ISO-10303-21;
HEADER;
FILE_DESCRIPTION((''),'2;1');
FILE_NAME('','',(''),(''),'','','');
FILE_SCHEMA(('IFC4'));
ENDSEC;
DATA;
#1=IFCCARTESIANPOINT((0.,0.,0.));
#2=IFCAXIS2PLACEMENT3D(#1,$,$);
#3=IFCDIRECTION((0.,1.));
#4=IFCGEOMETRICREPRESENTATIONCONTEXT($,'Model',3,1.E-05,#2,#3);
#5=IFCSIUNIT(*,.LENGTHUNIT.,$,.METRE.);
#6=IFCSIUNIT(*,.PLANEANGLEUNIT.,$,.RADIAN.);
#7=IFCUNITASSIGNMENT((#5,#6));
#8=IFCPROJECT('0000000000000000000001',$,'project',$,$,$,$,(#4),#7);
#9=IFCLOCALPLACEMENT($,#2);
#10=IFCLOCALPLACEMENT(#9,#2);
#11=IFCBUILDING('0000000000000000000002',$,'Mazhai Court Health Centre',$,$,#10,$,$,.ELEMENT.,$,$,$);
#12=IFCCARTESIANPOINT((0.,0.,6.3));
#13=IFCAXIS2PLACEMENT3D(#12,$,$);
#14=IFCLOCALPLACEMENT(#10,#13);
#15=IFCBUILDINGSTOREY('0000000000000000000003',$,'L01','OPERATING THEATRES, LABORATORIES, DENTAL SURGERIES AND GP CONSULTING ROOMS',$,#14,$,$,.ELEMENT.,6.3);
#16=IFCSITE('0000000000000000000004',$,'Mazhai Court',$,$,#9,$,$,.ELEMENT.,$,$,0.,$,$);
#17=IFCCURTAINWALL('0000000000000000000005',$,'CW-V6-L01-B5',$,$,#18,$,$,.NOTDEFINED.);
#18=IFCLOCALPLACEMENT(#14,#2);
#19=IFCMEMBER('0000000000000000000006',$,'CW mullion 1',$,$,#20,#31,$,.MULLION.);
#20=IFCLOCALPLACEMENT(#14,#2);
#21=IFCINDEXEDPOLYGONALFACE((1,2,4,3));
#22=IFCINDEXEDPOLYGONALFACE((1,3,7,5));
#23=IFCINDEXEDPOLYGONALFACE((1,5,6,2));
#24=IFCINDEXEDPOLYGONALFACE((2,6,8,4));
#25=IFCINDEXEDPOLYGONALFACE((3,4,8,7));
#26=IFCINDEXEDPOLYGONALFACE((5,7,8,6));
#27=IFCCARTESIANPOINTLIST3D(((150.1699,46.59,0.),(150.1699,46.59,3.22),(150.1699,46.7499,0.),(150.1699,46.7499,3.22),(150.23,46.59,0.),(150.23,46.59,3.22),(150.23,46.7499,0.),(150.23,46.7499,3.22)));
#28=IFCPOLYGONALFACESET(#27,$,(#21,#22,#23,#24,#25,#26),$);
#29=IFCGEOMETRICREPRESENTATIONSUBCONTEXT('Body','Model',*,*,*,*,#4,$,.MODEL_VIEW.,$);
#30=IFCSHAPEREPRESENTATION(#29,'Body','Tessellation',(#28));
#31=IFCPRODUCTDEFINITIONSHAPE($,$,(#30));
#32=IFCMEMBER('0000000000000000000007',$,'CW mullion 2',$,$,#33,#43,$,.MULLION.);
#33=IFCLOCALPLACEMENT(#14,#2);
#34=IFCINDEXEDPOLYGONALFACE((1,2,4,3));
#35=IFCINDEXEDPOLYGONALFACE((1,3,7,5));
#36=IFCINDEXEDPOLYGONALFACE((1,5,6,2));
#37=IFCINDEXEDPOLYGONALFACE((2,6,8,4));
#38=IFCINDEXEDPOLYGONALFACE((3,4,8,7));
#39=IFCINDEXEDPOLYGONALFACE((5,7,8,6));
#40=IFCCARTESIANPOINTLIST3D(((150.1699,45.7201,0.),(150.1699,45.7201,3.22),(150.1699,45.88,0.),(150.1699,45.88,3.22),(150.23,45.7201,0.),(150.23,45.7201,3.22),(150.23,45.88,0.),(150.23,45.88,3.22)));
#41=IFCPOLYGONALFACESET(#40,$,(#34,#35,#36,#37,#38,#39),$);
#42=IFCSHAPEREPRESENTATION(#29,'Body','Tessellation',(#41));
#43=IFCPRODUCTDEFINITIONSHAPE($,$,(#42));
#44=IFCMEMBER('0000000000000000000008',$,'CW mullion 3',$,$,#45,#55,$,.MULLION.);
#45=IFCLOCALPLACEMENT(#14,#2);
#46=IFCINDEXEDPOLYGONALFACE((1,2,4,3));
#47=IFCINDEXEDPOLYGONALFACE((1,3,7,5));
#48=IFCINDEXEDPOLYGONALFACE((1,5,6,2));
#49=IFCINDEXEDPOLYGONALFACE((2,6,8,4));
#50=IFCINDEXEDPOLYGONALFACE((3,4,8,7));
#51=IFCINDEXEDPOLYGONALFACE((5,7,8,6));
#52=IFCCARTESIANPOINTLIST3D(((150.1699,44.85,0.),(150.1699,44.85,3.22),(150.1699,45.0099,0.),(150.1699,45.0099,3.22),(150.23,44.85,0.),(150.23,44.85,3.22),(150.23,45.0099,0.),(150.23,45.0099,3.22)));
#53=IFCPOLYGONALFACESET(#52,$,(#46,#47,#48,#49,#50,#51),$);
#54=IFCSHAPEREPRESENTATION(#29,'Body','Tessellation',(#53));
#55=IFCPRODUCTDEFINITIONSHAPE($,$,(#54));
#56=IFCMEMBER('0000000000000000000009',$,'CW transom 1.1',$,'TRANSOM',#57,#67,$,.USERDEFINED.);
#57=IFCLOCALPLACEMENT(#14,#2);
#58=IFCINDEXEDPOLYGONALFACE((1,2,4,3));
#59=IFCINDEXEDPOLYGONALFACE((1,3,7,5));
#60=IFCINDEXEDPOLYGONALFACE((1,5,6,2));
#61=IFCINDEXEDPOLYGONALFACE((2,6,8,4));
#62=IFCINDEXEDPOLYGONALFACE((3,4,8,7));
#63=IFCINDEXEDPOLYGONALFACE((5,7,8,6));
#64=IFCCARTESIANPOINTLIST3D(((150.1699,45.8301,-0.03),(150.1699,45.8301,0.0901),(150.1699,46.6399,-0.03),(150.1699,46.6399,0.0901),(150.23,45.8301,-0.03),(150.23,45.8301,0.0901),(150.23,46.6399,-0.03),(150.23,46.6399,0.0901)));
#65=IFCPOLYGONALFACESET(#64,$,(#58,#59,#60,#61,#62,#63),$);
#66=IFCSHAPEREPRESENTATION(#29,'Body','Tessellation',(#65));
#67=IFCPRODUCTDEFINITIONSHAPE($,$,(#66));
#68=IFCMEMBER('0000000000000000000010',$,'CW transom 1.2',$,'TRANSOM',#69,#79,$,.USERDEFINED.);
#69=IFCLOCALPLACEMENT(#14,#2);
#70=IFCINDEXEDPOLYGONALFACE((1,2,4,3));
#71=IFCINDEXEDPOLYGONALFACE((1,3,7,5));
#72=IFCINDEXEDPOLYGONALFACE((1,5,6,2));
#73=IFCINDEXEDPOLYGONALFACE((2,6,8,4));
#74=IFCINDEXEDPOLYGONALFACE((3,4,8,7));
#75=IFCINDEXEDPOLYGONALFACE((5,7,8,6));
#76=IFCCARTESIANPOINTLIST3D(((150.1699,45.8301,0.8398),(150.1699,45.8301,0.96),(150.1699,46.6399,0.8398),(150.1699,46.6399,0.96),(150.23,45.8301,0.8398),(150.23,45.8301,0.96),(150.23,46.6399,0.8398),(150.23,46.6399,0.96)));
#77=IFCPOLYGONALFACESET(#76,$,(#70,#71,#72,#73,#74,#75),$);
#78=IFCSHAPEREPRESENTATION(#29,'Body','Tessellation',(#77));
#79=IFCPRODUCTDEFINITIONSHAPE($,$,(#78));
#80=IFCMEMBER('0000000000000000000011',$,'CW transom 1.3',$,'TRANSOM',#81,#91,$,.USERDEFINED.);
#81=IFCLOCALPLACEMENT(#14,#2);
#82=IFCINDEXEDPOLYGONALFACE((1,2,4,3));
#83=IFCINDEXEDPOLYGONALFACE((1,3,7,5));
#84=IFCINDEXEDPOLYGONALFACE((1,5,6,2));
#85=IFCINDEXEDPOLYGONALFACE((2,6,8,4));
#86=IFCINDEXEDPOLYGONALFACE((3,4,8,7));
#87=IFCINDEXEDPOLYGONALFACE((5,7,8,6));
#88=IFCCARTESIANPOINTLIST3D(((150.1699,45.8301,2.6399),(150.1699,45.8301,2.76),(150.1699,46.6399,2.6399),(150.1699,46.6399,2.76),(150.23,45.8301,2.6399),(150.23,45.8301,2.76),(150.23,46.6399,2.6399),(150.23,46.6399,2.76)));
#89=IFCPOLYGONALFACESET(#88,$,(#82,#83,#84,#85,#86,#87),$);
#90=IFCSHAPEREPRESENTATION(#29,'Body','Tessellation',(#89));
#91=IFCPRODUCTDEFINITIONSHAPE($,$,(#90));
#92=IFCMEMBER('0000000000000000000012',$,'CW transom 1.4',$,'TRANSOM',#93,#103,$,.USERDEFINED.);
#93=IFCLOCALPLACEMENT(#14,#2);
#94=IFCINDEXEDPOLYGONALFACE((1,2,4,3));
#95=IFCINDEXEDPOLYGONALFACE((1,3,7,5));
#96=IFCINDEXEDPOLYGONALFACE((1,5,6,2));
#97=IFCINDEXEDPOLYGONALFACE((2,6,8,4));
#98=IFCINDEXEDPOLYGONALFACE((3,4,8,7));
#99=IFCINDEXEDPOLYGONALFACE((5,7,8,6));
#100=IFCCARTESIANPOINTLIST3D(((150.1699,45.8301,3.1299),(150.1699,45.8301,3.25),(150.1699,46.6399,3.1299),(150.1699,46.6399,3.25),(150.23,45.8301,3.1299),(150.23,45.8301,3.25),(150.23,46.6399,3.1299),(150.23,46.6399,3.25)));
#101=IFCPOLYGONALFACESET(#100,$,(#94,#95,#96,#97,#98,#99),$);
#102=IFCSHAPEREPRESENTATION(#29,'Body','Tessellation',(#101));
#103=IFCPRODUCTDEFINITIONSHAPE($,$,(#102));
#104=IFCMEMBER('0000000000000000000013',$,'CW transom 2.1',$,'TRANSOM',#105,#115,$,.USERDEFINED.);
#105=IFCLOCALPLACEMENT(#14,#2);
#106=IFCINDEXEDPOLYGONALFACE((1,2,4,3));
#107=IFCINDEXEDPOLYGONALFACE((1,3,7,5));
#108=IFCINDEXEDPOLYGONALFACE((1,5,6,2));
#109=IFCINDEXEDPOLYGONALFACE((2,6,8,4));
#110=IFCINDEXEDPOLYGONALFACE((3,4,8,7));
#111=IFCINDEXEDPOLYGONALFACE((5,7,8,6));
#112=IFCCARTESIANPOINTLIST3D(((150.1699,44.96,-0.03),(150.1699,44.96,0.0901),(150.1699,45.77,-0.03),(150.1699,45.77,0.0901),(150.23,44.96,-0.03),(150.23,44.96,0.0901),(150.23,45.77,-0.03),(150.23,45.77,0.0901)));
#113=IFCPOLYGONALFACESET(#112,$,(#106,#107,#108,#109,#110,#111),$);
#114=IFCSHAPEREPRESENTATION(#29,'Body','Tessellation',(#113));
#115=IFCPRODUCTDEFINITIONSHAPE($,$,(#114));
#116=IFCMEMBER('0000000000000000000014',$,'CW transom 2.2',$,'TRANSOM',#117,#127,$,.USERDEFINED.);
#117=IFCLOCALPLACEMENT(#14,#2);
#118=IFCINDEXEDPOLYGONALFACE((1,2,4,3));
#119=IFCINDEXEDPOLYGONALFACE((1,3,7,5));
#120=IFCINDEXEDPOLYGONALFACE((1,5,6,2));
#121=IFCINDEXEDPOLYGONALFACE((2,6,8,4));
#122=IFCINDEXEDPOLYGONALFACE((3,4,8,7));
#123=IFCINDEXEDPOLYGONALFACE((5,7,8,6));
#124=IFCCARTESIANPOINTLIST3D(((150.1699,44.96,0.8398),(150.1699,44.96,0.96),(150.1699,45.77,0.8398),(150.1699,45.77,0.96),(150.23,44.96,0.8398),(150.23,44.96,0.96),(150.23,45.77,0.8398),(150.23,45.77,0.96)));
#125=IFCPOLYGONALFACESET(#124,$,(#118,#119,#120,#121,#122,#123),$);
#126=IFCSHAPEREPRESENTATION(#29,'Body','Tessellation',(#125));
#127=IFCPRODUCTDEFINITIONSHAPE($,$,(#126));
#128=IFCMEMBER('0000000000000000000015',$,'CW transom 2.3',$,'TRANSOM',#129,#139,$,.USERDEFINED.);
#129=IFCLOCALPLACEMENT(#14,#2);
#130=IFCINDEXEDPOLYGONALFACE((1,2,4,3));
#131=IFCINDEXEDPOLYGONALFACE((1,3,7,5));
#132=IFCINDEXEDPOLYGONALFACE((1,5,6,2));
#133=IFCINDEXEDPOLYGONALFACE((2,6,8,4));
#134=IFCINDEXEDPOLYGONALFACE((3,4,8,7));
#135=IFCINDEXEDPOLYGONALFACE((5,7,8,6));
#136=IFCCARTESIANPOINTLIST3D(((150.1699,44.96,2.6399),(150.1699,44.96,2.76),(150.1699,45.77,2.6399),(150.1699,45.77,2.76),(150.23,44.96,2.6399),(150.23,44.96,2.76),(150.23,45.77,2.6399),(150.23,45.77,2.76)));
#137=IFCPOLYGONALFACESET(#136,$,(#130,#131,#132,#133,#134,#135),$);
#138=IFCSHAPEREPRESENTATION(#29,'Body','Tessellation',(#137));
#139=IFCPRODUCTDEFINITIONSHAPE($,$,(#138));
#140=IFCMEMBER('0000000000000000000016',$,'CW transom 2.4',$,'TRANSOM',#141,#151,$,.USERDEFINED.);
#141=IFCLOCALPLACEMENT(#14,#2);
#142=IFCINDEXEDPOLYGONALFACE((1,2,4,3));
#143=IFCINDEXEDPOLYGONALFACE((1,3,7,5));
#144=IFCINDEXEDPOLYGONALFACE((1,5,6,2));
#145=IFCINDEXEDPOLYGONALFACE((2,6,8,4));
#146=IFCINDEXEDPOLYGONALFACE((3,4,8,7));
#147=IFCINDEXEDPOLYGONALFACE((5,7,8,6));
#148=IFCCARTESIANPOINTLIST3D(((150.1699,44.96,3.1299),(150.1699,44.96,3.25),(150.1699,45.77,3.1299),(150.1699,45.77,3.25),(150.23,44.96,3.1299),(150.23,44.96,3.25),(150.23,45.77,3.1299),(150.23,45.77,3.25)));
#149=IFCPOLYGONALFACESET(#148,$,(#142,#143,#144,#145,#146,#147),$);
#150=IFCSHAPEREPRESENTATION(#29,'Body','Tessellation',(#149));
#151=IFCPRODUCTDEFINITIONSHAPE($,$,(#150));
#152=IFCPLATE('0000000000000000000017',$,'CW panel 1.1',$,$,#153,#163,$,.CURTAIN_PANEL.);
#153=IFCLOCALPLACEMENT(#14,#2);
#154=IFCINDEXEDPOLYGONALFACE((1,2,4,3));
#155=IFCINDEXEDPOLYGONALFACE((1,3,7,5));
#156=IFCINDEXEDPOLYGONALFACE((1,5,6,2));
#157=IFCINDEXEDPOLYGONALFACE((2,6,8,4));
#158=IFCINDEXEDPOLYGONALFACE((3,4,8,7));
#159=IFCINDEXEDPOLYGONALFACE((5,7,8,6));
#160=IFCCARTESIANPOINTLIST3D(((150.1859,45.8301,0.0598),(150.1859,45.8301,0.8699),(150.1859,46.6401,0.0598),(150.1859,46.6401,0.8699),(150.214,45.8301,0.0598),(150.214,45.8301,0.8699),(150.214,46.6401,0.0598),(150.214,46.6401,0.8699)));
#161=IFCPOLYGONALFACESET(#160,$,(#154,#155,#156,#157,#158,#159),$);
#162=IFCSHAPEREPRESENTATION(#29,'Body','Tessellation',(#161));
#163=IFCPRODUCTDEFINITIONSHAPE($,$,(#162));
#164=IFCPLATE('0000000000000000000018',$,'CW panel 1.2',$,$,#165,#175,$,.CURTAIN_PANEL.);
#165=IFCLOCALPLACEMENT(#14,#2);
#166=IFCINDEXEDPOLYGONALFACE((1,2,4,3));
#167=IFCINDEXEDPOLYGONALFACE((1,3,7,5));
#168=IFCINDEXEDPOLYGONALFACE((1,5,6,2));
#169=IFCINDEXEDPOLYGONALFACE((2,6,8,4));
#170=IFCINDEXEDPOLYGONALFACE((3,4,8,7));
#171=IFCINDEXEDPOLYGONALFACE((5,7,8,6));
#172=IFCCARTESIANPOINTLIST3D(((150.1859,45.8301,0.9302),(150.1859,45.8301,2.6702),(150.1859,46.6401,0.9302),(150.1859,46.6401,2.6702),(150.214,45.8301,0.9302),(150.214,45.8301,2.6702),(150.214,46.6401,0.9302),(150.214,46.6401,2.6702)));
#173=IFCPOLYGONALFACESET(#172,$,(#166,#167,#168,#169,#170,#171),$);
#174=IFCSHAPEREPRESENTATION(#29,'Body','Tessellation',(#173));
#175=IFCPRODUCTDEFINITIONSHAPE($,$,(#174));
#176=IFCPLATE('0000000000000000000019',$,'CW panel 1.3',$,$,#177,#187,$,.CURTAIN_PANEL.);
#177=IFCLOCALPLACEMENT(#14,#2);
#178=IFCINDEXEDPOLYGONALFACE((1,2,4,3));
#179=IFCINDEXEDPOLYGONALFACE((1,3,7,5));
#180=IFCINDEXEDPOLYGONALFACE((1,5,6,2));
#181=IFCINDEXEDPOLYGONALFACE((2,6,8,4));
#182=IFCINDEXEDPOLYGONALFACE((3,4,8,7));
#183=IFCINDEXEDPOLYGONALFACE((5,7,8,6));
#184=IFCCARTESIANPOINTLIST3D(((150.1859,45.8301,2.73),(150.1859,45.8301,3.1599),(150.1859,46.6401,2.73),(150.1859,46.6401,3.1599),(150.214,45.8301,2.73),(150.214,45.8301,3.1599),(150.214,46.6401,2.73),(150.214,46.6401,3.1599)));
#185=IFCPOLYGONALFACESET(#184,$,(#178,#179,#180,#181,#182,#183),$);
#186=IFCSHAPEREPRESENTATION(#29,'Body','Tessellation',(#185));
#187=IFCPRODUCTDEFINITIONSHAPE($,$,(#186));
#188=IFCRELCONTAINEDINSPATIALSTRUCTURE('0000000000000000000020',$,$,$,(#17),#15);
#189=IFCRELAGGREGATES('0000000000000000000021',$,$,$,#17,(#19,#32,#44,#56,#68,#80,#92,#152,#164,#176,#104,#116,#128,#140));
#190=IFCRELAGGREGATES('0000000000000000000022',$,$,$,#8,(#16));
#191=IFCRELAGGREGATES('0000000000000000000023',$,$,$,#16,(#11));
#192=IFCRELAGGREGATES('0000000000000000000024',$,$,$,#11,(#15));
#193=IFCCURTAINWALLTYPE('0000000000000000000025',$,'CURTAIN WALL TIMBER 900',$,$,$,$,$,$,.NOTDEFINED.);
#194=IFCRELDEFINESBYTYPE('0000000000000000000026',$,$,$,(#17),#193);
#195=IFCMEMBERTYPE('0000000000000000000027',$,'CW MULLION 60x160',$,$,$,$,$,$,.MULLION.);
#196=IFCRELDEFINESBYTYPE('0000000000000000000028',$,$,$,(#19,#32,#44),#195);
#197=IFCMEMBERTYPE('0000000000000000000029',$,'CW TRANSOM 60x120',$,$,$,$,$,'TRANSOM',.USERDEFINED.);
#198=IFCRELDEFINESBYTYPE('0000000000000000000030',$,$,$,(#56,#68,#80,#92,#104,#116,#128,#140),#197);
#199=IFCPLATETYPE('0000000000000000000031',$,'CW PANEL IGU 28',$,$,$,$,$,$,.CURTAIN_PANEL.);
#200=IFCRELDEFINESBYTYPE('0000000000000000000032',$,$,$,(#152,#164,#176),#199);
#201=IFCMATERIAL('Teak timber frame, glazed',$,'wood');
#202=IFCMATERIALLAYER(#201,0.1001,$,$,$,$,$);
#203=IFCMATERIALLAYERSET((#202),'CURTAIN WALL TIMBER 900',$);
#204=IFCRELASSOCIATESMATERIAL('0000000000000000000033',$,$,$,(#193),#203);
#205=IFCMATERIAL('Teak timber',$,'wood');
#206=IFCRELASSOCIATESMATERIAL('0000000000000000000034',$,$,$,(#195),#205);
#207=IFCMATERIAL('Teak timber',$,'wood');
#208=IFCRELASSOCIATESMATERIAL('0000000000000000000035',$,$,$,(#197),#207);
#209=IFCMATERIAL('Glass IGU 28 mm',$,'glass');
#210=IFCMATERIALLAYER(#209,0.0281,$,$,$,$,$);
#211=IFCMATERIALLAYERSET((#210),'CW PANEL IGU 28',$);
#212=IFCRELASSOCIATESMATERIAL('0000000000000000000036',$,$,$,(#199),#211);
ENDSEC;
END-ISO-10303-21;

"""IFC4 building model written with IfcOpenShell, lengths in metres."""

from ifc_helpers import new_model, si_unit, direction, frame, origin, origin_2d, place, context, subcontext, project, spatial, rectangle, extrude, material, layer, layer_set, material_profile, profile_set, type_object, element, aggregate, save


model = new_model("IFC4")

# Units and contexts
model_context = context("Model", 3, precision=1e-05, world=origin(), true_north=direction((0.0, 1.0)))
body_context = subcontext(model_context, "Body", "Model", "MODEL_VIEW")
ifc_project = project(units=[si_unit("LENGTHUNIT", "METRE"), si_unit("PLANEANGLEUNIT", "RADIAN")], contexts=[model_context])

# Site, building, storey
site_placement = place(None, origin())
site = spatial("IfcSite", under=ifc_project, at=site_placement, Name="Mazhai Court", CompositionType="ELEMENT", RefElevation=0.0)
building_placement = place(site_placement, origin())
building = spatial("IfcBuilding", under=site, at=building_placement, Name="Mazhai Court Health Centre", CompositionType="ELEMENT")
storey_placement = place(building_placement, frame((0.0, 0.0, 6.3)))
storey = spatial("IfcBuildingStorey", under=building, at=storey_placement, Name="L01", Description="OPERATING THEATRES, LABORATORIES, DENTAL SURGERIES AND GP CONSULTING ROOMS", CompositionType="ELEMENT", Elevation=6.3)

# Curtain wall, members, plates
ifc_material_1 = material(Name="Teak timber frame, glazed", Category="wood")
ifc_layer_1 = layer(ifc_material_1, 0.1001)
ifc_layer_set_1 = layer_set([ifc_layer_1], Name="CURTAIN WALL TIMBER 900")
curtain_wall_type = type_object("IfcCurtainWallType", Name="CURTAIN WALL TIMBER 900", PredefinedType="NOTDEFINED", material=ifc_layer_set_1)
curtain_wall_placement = place(storey_placement, origin())
curtain_wall = element("IfcCurtainWall", 1, at=curtain_wall_placement, inside=storey, type_object=curtain_wall_type, Name="CW-V6-L01-B5", PredefinedType="NOTDEFINED")
ifc_material_2 = material(Name="Teak timber", Category="wood")
ifc_material_profile_1 = material_profile(ifc_material_2, rectangle(XDim=0.0601, YDim=0.1599, at=origin_2d()), Name="CW MULLION 60x160")
ifc_profile_set_1 = profile_set([ifc_material_profile_1], Name="Teak timber")
member_type_1 = type_object("IfcMemberType", Name="CW MULLION 60x160", PredefinedType="MULLION", material=ifc_profile_set_1)
member_1_placement = place(storey_placement, frame((150.2, 46.6699, 0.0), z_axis=(0.0, 0.0, 1.0), x_axis=(1.0, 0.0, 0.0)))
member_1 = element("IfcMember", 2, at=member_1_placement, type_object=member_type_1, Name="CW mullion 1", PredefinedType="MULLION", context=body_context, shape_type="SweptSolid", body=[
    extrude(rectangle(XDim=0.0601, YDim=0.1599, at=origin_2d()), origin(), (0.0, 0.0, 1.0), 3.22),
])
member_2_placement = place(storey_placement, frame((150.2, 45.8, 0.0), z_axis=(0.0, 0.0, 1.0), x_axis=(1.0, 0.0, 0.0)))
member_2 = element("IfcMember", 3, at=member_2_placement, type_object=member_type_1, Name="CW mullion 2", PredefinedType="MULLION", context=body_context, shape_type="SweptSolid", body=[
    extrude(rectangle(XDim=0.0601, YDim=0.1599, at=origin_2d()), origin(), (0.0, 0.0, 1.0), 3.22),
])
member_3_placement = place(storey_placement, frame((150.2, 44.9299, 0.0), z_axis=(0.0, 0.0, 1.0), x_axis=(1.0, 0.0, 0.0)))
member_3 = element("IfcMember", 4, at=member_3_placement, type_object=member_type_1, Name="CW mullion 3", PredefinedType="MULLION", context=body_context, shape_type="SweptSolid", body=[
    extrude(rectangle(XDim=0.0601, YDim=0.1599, at=origin_2d()), origin(), (0.0, 0.0, 1.0), 3.22),
])
ifc_material_3 = material(Name="Teak timber", Category="wood")
ifc_material_profile_2 = material_profile(ifc_material_3, rectangle(XDim=0.0601, YDim=0.1201, at=origin_2d()), Name="CW TRANSOM 60x120")
ifc_profile_set_2 = profile_set([ifc_material_profile_2], Name="Teak timber")
member_type_2 = type_object("IfcMemberType", Name="CW TRANSOM 60x120", ElementType="TRANSOM", PredefinedType="USERDEFINED", material=ifc_profile_set_2)
member_4_placement = place(storey_placement, frame((150.2, 46.6399, 0.03), z_axis=(0.0, -1.0, 0.0), x_axis=(1.0, 0.0, 0.0)))
member_4 = element("IfcMember", 5, at=member_4_placement, type_object=member_type_2, Name="CW transom 1.1", ObjectType="TRANSOM", PredefinedType="USERDEFINED", context=body_context, shape_type="SweptSolid", body=[
    extrude(rectangle(XDim=0.0601, YDim=0.1201, at=origin_2d()), origin(), (0.0, 0.0, 1.0), 0.8098),
])
member_5_placement = place(storey_placement, frame((150.2, 46.6399, 0.8999), z_axis=(0.0, -1.0, 0.0), x_axis=(1.0, 0.0, 0.0)))
member_5 = element("IfcMember", 6, at=member_5_placement, type_object=member_type_2, Name="CW transom 1.2", ObjectType="TRANSOM", PredefinedType="USERDEFINED", context=body_context, shape_type="SweptSolid", body=[
    extrude(rectangle(XDim=0.0601, YDim=0.1201, at=origin_2d()), origin(), (0.0, 0.0, 1.0), 0.8098),
])
member_6_placement = place(storey_placement, frame((150.2, 46.6399, 2.7), z_axis=(0.0, -1.0, 0.0), x_axis=(1.0, 0.0, 0.0)))
member_6 = element("IfcMember", 7, at=member_6_placement, type_object=member_type_2, Name="CW transom 1.3", ObjectType="TRANSOM", PredefinedType="USERDEFINED", context=body_context, shape_type="SweptSolid", body=[
    extrude(rectangle(XDim=0.0601, YDim=0.1201, at=origin_2d()), origin(), (0.0, 0.0, 1.0), 0.8098),
])
member_7_placement = place(storey_placement, frame((150.2, 46.6399, 3.1899), z_axis=(0.0, -1.0, 0.0), x_axis=(1.0, 0.0, 0.0)))
member_7 = element("IfcMember", 8, at=member_7_placement, type_object=member_type_2, Name="CW transom 1.4", ObjectType="TRANSOM", PredefinedType="USERDEFINED", context=body_context, shape_type="SweptSolid", body=[
    extrude(rectangle(XDim=0.0601, YDim=0.1201, at=origin_2d()), origin(), (0.0, 0.0, 1.0), 0.8098),
])
member_8_placement = place(storey_placement, frame((150.2, 45.77, 0.03), z_axis=(0.0, -1.0, 0.0), x_axis=(1.0, 0.0, 0.0)))
member_8 = element("IfcMember", 9, at=member_8_placement, type_object=member_type_2, Name="CW transom 2.1", ObjectType="TRANSOM", PredefinedType="USERDEFINED", context=body_context, shape_type="SweptSolid", body=[
    extrude(rectangle(XDim=0.0601, YDim=0.1201, at=origin_2d()), origin(), (0.0, 0.0, 1.0), 0.8101),
])
member_9_placement = place(storey_placement, frame((150.2, 45.77, 0.8999), z_axis=(0.0, -1.0, 0.0), x_axis=(1.0, 0.0, 0.0)))
member_9 = element("IfcMember", 10, at=member_9_placement, type_object=member_type_2, Name="CW transom 2.2", ObjectType="TRANSOM", PredefinedType="USERDEFINED", context=body_context, shape_type="SweptSolid", body=[
    extrude(rectangle(XDim=0.0601, YDim=0.1201, at=origin_2d()), origin(), (0.0, 0.0, 1.0), 0.8101),
])
member_10_placement = place(storey_placement, frame((150.2, 45.77, 2.7), z_axis=(0.0, -1.0, 0.0), x_axis=(1.0, 0.0, 0.0)))
member_10 = element("IfcMember", 11, at=member_10_placement, type_object=member_type_2, Name="CW transom 2.3", ObjectType="TRANSOM", PredefinedType="USERDEFINED", context=body_context, shape_type="SweptSolid", body=[
    extrude(rectangle(XDim=0.0601, YDim=0.1201, at=origin_2d()), origin(), (0.0, 0.0, 1.0), 0.8101),
])
member_11_placement = place(storey_placement, frame((150.2, 45.77, 3.1899), z_axis=(0.0, -1.0, 0.0), x_axis=(1.0, 0.0, 0.0)))
member_11 = element("IfcMember", 12, at=member_11_placement, type_object=member_type_2, Name="CW transom 2.4", ObjectType="TRANSOM", PredefinedType="USERDEFINED", context=body_context, shape_type="SweptSolid", body=[
    extrude(rectangle(XDim=0.0601, YDim=0.1201, at=origin_2d()), origin(), (0.0, 0.0, 1.0), 0.8101),
])
ifc_material_4 = material(Name="Glass IGU 28 mm", Category="glass")
ifc_layer_2 = layer(ifc_material_4, 0.0281)
ifc_layer_set_2 = layer_set([ifc_layer_2], Name="CW PANEL IGU 28")
plate_type = type_object("IfcPlateType", Name="CW PANEL IGU 28", PredefinedType="CURTAIN_PANEL", material=ifc_layer_set_2)
plate_1_placement = place(storey_placement, frame((150.2, 46.2351, 0.0598), z_axis=(0.0, 0.0, 1.0), x_axis=(0.0, -1.0, 0.0)))
plate_1 = element("IfcPlate", 13, at=plate_1_placement, type_object=plate_type, Name="CW panel 1.1", PredefinedType="CURTAIN_PANEL", context=body_context, shape_type="SweptSolid", body=[
    extrude(rectangle(XDim=0.8101, YDim=0.0281, at=origin_2d()), origin(), (0.0, 0.0, 1.0), 0.8101),
])
plate_2_placement = place(storey_placement, frame((150.2, 46.2351, 0.9302), z_axis=(0.0, 0.0, 1.0), x_axis=(0.0, -1.0, 0.0)))
plate_2 = element("IfcPlate", 14, at=plate_2_placement, type_object=plate_type, Name="CW panel 1.2", PredefinedType="CURTAIN_PANEL", context=body_context, shape_type="SweptSolid", body=[
    extrude(rectangle(XDim=0.8101, YDim=0.0281, at=origin_2d()), origin(), (0.0, 0.0, 1.0), 1.74),
])
plate_3_placement = place(storey_placement, frame((150.2, 46.2351, 2.73), z_axis=(0.0, 0.0, 1.0), x_axis=(0.0, -1.0, 0.0)))
plate_3 = element("IfcPlate", 15, at=plate_3_placement, type_object=plate_type, Name="CW panel 1.3", PredefinedType="CURTAIN_PANEL", context=body_context, shape_type="SweptSolid", body=[
    extrude(rectangle(XDim=0.8101, YDim=0.0281, at=origin_2d()), origin(), (0.0, 0.0, 1.0), 0.4299),
])
aggregate(curtain_wall, [member_1, member_2, member_3, member_4, member_5, member_6, member_7, plate_1, plate_2, plate_3, member_8, member_9, member_10, member_11])

save(model, "model.ifc")
